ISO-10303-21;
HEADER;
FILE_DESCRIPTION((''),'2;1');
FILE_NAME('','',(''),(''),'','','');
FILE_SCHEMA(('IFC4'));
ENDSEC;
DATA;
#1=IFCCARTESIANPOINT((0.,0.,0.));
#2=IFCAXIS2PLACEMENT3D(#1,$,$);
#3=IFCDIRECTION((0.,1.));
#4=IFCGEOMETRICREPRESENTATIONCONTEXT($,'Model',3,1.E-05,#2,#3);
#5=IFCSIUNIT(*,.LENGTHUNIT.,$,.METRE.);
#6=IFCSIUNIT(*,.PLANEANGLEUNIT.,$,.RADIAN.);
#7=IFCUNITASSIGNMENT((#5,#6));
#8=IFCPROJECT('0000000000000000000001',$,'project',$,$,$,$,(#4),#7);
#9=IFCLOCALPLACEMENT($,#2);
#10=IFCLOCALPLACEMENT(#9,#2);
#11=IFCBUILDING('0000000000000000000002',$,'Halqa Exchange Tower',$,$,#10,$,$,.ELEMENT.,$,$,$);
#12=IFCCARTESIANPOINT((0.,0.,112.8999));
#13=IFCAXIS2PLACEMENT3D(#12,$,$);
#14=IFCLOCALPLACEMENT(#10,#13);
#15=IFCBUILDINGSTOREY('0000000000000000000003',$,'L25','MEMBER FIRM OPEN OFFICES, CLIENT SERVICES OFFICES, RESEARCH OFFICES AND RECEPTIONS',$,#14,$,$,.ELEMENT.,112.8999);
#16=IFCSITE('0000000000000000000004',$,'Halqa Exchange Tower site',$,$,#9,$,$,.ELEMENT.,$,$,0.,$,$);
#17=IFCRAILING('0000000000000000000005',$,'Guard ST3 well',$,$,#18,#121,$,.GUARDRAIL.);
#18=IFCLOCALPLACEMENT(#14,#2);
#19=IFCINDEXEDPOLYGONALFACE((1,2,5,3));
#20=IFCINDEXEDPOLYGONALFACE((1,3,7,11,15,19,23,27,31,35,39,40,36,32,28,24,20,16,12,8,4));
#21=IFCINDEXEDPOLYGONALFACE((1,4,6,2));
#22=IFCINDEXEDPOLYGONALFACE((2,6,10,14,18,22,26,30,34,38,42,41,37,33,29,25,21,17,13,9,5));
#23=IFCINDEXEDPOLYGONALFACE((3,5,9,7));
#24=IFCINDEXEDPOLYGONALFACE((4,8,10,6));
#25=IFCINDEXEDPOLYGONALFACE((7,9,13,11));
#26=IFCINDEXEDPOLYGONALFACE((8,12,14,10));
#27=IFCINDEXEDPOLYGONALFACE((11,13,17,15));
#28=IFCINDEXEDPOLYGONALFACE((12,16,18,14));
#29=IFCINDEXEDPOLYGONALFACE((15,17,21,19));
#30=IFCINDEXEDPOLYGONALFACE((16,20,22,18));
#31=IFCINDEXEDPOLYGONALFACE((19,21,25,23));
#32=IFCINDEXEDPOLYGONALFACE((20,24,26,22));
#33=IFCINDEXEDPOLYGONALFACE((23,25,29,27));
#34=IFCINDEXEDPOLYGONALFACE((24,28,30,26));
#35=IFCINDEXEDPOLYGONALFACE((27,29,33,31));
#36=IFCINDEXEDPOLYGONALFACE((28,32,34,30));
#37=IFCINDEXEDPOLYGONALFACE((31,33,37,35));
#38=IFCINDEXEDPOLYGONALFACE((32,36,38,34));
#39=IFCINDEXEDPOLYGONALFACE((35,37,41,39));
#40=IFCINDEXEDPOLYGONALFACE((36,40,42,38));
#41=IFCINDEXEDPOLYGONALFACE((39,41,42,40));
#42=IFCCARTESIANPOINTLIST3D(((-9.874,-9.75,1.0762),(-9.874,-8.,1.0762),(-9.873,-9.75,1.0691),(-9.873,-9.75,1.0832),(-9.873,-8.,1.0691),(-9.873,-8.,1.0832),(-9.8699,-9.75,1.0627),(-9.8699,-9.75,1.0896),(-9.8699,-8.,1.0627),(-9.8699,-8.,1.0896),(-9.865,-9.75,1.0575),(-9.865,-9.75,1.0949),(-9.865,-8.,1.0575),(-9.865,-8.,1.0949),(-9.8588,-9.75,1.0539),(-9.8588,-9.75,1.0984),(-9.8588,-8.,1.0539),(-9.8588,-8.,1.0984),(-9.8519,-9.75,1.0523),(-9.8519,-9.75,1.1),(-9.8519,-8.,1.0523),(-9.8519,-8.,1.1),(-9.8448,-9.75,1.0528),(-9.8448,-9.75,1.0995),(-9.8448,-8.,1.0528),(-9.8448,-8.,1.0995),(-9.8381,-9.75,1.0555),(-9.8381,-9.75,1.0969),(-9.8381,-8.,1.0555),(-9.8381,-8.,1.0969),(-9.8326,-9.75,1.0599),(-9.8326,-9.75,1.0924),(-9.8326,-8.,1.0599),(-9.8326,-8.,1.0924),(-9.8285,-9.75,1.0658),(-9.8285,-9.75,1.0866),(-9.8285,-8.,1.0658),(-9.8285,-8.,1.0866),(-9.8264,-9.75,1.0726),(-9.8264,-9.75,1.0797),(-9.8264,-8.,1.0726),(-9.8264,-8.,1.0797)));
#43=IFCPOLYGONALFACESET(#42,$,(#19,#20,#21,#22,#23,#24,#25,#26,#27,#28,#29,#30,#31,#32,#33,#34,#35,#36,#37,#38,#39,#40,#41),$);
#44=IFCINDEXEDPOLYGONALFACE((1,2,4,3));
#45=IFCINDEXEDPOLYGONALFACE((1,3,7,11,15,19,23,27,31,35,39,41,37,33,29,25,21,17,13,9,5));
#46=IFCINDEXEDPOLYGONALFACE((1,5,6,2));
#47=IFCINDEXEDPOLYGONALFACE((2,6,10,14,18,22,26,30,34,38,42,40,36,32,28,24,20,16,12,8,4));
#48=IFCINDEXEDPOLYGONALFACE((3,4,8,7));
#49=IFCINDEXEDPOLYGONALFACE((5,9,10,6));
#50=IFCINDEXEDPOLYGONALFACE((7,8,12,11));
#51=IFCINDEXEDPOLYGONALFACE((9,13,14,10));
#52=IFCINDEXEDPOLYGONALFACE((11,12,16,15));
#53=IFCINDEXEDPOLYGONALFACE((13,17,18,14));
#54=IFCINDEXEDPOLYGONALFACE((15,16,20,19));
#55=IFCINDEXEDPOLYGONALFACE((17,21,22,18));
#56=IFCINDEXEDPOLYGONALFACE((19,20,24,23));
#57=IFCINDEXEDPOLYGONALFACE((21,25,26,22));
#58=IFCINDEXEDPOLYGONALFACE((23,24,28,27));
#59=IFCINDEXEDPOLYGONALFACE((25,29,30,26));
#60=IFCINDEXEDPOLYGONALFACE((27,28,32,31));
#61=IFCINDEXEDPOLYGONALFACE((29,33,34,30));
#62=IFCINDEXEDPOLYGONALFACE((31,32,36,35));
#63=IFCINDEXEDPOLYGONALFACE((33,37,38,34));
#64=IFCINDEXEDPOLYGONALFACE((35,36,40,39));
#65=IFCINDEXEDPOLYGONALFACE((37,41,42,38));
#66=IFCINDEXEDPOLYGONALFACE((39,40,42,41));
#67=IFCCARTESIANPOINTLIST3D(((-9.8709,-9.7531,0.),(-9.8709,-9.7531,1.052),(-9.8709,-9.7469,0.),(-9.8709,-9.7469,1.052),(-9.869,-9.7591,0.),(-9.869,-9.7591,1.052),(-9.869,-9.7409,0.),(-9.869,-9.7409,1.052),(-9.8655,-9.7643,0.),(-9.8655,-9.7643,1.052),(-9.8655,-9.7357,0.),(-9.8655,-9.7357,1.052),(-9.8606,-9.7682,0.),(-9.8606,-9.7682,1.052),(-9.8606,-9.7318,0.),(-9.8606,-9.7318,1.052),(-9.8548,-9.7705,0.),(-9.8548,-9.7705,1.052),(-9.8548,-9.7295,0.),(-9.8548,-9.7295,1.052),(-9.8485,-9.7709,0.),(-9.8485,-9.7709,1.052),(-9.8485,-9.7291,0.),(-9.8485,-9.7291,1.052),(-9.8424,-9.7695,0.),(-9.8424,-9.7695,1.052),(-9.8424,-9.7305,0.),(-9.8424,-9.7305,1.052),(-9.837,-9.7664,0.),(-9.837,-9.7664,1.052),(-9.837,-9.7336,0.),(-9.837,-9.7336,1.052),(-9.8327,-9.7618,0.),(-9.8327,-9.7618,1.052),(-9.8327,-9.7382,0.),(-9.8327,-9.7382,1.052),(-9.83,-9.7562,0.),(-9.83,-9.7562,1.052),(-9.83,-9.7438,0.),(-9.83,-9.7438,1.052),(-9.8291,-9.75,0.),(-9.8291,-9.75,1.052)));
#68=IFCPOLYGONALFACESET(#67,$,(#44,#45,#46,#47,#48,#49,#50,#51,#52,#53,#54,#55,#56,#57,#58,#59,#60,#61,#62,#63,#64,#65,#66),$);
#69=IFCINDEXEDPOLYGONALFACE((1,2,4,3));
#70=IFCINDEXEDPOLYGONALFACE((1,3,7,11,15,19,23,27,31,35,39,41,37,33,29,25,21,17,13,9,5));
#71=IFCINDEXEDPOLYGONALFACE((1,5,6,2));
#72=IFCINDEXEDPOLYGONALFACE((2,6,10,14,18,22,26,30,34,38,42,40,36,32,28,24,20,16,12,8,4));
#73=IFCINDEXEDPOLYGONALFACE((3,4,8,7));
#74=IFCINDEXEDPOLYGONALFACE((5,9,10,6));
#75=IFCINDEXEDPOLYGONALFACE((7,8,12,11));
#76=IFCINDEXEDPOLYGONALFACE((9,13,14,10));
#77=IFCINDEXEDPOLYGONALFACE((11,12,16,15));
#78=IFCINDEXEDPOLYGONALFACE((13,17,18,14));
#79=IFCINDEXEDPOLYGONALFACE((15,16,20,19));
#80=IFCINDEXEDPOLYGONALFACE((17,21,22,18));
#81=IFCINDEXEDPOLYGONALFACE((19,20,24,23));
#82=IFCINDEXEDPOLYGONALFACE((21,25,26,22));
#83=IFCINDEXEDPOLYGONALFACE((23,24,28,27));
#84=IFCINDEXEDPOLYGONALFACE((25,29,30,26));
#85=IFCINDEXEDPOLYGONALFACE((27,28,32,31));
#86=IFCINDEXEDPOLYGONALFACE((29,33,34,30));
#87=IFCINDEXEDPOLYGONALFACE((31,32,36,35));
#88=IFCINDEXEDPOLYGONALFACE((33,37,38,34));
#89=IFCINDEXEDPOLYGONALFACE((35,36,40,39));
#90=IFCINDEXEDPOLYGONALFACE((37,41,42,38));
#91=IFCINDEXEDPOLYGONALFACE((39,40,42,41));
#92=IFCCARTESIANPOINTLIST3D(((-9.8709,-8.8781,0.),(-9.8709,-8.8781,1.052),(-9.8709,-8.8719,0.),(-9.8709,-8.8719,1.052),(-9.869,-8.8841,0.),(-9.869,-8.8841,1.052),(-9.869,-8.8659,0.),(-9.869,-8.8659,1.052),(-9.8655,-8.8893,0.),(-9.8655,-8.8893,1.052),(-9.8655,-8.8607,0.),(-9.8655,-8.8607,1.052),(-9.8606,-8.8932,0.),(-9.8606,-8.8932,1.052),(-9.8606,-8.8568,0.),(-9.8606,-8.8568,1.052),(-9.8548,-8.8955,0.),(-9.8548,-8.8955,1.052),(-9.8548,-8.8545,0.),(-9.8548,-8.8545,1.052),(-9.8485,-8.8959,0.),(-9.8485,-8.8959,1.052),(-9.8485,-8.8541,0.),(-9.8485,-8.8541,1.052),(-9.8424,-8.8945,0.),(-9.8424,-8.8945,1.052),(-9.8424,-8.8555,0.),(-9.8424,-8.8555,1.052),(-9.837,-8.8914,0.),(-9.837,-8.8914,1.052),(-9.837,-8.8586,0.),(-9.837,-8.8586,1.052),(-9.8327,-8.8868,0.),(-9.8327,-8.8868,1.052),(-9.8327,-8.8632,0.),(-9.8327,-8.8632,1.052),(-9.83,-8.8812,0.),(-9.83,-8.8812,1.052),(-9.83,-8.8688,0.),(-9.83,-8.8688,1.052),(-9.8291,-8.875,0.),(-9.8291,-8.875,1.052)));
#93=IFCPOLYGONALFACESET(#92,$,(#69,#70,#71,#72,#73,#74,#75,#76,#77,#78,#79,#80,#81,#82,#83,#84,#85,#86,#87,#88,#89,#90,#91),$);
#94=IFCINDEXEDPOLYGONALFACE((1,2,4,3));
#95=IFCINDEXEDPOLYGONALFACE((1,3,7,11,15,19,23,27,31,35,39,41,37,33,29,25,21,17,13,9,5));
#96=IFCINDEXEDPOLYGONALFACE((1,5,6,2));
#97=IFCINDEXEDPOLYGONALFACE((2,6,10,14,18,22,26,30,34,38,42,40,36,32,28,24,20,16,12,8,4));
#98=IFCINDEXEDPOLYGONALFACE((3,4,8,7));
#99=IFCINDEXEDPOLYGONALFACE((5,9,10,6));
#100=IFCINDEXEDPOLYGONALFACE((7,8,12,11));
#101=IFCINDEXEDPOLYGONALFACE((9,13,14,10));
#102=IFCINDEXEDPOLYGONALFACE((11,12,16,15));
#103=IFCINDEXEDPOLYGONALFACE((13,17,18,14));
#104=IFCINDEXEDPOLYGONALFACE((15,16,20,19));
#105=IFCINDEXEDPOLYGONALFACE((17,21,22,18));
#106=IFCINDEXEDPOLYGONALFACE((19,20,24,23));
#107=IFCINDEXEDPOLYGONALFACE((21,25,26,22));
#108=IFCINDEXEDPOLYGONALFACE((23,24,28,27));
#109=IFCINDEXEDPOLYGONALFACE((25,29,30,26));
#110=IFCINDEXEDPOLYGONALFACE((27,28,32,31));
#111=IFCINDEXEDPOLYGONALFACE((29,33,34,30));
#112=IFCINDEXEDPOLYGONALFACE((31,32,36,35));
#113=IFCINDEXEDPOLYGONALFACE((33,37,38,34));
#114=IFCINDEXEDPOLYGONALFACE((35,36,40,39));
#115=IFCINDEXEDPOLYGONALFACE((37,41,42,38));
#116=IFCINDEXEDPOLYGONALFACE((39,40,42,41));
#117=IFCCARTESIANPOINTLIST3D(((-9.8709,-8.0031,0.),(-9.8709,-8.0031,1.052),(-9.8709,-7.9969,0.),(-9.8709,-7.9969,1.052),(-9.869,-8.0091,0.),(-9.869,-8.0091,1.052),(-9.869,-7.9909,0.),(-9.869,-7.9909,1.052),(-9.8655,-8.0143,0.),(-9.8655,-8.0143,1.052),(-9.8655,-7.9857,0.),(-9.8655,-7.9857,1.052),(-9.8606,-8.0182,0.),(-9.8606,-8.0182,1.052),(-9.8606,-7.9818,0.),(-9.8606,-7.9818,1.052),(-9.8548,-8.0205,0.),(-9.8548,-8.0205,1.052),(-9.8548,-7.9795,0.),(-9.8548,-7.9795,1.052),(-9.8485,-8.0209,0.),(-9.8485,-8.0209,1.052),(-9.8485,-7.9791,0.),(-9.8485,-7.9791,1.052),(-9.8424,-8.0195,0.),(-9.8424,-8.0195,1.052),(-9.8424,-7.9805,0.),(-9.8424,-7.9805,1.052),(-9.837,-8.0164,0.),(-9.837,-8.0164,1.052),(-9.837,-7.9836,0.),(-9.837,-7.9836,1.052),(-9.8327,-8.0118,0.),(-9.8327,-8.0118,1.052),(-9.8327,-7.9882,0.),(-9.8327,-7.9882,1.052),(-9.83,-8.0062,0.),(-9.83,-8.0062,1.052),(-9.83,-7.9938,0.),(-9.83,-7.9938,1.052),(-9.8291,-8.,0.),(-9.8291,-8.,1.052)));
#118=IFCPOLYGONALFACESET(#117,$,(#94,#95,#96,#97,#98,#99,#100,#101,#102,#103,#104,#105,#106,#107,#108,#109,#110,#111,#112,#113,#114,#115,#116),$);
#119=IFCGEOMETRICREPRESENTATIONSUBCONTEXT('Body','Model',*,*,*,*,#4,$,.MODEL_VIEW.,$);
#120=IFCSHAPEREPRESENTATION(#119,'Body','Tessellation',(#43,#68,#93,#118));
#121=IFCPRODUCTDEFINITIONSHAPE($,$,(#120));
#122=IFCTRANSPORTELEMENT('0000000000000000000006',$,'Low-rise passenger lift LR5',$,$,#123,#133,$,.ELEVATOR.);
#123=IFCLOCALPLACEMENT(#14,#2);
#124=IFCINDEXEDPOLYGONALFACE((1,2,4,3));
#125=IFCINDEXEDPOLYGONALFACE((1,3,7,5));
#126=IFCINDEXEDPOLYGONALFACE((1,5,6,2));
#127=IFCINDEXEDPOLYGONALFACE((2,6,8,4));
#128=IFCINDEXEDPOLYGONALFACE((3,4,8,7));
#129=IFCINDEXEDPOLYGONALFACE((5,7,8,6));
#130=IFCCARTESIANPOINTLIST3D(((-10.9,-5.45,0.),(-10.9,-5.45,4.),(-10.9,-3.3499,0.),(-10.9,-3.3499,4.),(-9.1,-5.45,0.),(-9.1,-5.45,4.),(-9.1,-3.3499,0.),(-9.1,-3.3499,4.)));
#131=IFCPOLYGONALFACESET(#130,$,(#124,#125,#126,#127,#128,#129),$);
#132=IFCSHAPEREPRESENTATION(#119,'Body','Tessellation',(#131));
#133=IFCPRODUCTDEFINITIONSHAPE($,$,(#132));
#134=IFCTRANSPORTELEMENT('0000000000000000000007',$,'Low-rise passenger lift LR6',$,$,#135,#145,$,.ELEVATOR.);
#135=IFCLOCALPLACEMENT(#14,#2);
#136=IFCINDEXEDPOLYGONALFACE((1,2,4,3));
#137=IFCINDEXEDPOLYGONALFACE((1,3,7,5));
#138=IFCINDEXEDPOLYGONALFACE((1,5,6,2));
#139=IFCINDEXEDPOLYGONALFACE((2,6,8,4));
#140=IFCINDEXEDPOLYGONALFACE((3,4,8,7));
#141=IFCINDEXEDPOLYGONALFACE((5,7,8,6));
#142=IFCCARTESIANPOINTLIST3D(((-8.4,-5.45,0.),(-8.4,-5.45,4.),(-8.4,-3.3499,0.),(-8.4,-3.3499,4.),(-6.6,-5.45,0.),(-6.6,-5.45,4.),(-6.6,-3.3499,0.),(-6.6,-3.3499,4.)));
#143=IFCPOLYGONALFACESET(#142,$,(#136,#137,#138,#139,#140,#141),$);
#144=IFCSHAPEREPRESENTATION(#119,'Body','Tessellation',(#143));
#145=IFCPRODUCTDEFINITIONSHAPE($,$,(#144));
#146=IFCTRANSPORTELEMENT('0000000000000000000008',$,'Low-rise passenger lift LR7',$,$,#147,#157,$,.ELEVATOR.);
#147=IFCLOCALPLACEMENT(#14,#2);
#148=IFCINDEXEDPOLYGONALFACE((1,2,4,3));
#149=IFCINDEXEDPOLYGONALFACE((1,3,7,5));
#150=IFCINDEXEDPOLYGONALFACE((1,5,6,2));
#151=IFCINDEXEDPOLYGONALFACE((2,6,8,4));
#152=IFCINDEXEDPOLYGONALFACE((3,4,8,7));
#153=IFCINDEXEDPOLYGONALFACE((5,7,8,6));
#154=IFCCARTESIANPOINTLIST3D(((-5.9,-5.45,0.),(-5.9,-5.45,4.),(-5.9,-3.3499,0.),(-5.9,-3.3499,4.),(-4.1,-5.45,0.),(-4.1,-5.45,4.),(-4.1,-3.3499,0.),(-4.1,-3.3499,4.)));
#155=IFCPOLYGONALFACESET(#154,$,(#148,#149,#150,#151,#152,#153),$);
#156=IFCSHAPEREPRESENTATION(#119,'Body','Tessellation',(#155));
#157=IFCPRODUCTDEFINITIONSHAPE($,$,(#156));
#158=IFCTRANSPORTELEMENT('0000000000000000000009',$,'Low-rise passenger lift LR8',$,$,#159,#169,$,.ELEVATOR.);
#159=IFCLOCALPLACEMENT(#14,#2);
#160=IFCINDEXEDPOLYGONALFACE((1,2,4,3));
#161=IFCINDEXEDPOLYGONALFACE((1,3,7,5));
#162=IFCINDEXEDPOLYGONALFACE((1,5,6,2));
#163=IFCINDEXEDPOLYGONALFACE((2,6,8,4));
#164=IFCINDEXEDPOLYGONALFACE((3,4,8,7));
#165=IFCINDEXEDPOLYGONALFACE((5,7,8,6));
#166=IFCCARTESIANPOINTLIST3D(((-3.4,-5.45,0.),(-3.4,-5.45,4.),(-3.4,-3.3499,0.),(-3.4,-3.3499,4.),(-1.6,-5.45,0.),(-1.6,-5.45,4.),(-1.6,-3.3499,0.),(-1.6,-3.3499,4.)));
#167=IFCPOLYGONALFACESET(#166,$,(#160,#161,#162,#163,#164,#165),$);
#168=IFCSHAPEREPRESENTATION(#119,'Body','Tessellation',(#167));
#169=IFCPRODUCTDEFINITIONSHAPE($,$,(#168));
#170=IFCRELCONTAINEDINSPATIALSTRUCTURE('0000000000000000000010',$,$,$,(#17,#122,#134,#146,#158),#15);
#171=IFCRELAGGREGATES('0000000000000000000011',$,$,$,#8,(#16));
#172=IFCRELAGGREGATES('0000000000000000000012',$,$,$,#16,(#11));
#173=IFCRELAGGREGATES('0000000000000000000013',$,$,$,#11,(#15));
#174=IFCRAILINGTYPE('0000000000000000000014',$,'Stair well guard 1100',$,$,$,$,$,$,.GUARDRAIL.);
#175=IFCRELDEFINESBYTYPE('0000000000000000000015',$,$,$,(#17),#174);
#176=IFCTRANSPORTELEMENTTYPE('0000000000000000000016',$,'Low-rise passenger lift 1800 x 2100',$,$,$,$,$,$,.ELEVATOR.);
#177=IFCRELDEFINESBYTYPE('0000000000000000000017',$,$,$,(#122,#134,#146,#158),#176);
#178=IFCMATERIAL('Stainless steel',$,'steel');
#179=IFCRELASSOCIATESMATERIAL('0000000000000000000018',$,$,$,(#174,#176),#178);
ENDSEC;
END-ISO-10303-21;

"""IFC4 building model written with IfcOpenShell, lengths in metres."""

from ifc_helpers import new_model, si_unit, direction, frame, origin, origin_2d, place, context, subcontext, project, spatial, rectangle, circle, extrude, material, type_object, element, save


model = new_model("IFC4")

# Units and contexts
model_context = context("Model", 3, precision=1e-05, world=origin(), true_north=direction((0.0, 1.0)))
body_context = subcontext(model_context, "Body", "Model", "MODEL_VIEW")
ifc_project = project(units=[si_unit("LENGTHUNIT", "METRE"), si_unit("PLANEANGLEUNIT", "RADIAN")], contexts=[model_context])

# Site, building, storey
site_placement = place(None, origin())
site = spatial("IfcSite", under=ifc_project, at=site_placement, Name="Halqa Exchange Tower site", CompositionType="ELEMENT", RefElevation=0.0)
building_placement = place(site_placement, origin())
building = spatial("IfcBuilding", under=site, at=building_placement, Name="Halqa Exchange Tower", CompositionType="ELEMENT")
storey_placement = place(building_placement, frame((0.0, 0.0, 112.8999)))
storey = spatial("IfcBuildingStorey", under=building, at=storey_placement, Name="L25", Description="MEMBER FIRM OPEN OFFICES, CLIENT SERVICES OFFICES, RESEARCH OFFICES AND RECEPTIONS", CompositionType="ELEMENT", Elevation=112.8999)

# Shared definitions
ifc_material_1 = material(Name="Stainless steel", Category="steel")

# Railing
railing_type_1 = type_object("IfcRailingType", Name="Stair well guard 1100", PredefinedType="GUARDRAIL", material=ifc_material_1)
railing_1_placement = place(storey_placement, frame((-9.8501, -9.75, 0.0)))
element("IfcRailing", 1, at=railing_1_placement, inside=storey, type_object=railing_type_1, Name="Guard ST3 well", PredefinedType="GUARDRAIL", context=body_context, shape_type="SweptSolid", body=[
    extrude(circle(Radius=0.0239, at=origin_2d()), frame((0.0, 0.0, 1.0762), z_axis=(0.0, 1.0, 0.0), x_axis=(-1.0, 0.0, 0.0)), (0.0, 0.0, 1.0), 1.75),
    extrude(circle(Radius=0.021, at=origin_2d()), origin(), (0.0, 0.0, 1.0), 1.052),
    extrude(circle(Radius=0.021, at=origin_2d()), frame((0.0, 0.875, 0.0)), (0.0, 0.0, 1.0), 1.052),
    extrude(circle(Radius=0.021, at=origin_2d()), frame((0.0, 1.75, 0.0)), (0.0, 0.0, 1.0), 1.052),
])

# Transport elements
transport_element_type = type_object("IfcTransportElementType", Name="Low-rise passenger lift 1800 x 2100", PredefinedType="ELEVATOR", material=ifc_material_1)
for number, where, z_axis, x_axis, name in (
    (2, (-10.0, -4.3999, 0.0), (0.0, 0.0, 1.0), (1.0, 0.0, 0.0), "Low-rise passenger lift LR5"),
    (3, (-7.5, -4.3999, 0.0), (0.0, 0.0, 1.0), (1.0, 0.0, 0.0), "Low-rise passenger lift LR6"),
    (4, (-5.0, -4.3999, 0.0), (0.0, 0.0, 1.0), (1.0, 0.0, 0.0), "Low-rise passenger lift LR7"),
    (5, (-2.5, -4.3999, 0.0), (0.0, 0.0, 1.0), (1.0, 0.0, 0.0), "Low-rise passenger lift LR8"),
):
    element("IfcTransportElement", number, at=place(storey_placement, frame(where, z_axis=z_axis, x_axis=x_axis)), inside=storey, type_object=transport_element_type, Name=name, PredefinedType="ELEVATOR", context=body_context, shape_type="SweptSolid", body=[
        extrude(rectangle(XDim=1.8, YDim=2.1001, at=origin_2d()), origin(), (0.0, 0.0, 1.0), 4.0),
    ])

save(model, "model.ifc")
